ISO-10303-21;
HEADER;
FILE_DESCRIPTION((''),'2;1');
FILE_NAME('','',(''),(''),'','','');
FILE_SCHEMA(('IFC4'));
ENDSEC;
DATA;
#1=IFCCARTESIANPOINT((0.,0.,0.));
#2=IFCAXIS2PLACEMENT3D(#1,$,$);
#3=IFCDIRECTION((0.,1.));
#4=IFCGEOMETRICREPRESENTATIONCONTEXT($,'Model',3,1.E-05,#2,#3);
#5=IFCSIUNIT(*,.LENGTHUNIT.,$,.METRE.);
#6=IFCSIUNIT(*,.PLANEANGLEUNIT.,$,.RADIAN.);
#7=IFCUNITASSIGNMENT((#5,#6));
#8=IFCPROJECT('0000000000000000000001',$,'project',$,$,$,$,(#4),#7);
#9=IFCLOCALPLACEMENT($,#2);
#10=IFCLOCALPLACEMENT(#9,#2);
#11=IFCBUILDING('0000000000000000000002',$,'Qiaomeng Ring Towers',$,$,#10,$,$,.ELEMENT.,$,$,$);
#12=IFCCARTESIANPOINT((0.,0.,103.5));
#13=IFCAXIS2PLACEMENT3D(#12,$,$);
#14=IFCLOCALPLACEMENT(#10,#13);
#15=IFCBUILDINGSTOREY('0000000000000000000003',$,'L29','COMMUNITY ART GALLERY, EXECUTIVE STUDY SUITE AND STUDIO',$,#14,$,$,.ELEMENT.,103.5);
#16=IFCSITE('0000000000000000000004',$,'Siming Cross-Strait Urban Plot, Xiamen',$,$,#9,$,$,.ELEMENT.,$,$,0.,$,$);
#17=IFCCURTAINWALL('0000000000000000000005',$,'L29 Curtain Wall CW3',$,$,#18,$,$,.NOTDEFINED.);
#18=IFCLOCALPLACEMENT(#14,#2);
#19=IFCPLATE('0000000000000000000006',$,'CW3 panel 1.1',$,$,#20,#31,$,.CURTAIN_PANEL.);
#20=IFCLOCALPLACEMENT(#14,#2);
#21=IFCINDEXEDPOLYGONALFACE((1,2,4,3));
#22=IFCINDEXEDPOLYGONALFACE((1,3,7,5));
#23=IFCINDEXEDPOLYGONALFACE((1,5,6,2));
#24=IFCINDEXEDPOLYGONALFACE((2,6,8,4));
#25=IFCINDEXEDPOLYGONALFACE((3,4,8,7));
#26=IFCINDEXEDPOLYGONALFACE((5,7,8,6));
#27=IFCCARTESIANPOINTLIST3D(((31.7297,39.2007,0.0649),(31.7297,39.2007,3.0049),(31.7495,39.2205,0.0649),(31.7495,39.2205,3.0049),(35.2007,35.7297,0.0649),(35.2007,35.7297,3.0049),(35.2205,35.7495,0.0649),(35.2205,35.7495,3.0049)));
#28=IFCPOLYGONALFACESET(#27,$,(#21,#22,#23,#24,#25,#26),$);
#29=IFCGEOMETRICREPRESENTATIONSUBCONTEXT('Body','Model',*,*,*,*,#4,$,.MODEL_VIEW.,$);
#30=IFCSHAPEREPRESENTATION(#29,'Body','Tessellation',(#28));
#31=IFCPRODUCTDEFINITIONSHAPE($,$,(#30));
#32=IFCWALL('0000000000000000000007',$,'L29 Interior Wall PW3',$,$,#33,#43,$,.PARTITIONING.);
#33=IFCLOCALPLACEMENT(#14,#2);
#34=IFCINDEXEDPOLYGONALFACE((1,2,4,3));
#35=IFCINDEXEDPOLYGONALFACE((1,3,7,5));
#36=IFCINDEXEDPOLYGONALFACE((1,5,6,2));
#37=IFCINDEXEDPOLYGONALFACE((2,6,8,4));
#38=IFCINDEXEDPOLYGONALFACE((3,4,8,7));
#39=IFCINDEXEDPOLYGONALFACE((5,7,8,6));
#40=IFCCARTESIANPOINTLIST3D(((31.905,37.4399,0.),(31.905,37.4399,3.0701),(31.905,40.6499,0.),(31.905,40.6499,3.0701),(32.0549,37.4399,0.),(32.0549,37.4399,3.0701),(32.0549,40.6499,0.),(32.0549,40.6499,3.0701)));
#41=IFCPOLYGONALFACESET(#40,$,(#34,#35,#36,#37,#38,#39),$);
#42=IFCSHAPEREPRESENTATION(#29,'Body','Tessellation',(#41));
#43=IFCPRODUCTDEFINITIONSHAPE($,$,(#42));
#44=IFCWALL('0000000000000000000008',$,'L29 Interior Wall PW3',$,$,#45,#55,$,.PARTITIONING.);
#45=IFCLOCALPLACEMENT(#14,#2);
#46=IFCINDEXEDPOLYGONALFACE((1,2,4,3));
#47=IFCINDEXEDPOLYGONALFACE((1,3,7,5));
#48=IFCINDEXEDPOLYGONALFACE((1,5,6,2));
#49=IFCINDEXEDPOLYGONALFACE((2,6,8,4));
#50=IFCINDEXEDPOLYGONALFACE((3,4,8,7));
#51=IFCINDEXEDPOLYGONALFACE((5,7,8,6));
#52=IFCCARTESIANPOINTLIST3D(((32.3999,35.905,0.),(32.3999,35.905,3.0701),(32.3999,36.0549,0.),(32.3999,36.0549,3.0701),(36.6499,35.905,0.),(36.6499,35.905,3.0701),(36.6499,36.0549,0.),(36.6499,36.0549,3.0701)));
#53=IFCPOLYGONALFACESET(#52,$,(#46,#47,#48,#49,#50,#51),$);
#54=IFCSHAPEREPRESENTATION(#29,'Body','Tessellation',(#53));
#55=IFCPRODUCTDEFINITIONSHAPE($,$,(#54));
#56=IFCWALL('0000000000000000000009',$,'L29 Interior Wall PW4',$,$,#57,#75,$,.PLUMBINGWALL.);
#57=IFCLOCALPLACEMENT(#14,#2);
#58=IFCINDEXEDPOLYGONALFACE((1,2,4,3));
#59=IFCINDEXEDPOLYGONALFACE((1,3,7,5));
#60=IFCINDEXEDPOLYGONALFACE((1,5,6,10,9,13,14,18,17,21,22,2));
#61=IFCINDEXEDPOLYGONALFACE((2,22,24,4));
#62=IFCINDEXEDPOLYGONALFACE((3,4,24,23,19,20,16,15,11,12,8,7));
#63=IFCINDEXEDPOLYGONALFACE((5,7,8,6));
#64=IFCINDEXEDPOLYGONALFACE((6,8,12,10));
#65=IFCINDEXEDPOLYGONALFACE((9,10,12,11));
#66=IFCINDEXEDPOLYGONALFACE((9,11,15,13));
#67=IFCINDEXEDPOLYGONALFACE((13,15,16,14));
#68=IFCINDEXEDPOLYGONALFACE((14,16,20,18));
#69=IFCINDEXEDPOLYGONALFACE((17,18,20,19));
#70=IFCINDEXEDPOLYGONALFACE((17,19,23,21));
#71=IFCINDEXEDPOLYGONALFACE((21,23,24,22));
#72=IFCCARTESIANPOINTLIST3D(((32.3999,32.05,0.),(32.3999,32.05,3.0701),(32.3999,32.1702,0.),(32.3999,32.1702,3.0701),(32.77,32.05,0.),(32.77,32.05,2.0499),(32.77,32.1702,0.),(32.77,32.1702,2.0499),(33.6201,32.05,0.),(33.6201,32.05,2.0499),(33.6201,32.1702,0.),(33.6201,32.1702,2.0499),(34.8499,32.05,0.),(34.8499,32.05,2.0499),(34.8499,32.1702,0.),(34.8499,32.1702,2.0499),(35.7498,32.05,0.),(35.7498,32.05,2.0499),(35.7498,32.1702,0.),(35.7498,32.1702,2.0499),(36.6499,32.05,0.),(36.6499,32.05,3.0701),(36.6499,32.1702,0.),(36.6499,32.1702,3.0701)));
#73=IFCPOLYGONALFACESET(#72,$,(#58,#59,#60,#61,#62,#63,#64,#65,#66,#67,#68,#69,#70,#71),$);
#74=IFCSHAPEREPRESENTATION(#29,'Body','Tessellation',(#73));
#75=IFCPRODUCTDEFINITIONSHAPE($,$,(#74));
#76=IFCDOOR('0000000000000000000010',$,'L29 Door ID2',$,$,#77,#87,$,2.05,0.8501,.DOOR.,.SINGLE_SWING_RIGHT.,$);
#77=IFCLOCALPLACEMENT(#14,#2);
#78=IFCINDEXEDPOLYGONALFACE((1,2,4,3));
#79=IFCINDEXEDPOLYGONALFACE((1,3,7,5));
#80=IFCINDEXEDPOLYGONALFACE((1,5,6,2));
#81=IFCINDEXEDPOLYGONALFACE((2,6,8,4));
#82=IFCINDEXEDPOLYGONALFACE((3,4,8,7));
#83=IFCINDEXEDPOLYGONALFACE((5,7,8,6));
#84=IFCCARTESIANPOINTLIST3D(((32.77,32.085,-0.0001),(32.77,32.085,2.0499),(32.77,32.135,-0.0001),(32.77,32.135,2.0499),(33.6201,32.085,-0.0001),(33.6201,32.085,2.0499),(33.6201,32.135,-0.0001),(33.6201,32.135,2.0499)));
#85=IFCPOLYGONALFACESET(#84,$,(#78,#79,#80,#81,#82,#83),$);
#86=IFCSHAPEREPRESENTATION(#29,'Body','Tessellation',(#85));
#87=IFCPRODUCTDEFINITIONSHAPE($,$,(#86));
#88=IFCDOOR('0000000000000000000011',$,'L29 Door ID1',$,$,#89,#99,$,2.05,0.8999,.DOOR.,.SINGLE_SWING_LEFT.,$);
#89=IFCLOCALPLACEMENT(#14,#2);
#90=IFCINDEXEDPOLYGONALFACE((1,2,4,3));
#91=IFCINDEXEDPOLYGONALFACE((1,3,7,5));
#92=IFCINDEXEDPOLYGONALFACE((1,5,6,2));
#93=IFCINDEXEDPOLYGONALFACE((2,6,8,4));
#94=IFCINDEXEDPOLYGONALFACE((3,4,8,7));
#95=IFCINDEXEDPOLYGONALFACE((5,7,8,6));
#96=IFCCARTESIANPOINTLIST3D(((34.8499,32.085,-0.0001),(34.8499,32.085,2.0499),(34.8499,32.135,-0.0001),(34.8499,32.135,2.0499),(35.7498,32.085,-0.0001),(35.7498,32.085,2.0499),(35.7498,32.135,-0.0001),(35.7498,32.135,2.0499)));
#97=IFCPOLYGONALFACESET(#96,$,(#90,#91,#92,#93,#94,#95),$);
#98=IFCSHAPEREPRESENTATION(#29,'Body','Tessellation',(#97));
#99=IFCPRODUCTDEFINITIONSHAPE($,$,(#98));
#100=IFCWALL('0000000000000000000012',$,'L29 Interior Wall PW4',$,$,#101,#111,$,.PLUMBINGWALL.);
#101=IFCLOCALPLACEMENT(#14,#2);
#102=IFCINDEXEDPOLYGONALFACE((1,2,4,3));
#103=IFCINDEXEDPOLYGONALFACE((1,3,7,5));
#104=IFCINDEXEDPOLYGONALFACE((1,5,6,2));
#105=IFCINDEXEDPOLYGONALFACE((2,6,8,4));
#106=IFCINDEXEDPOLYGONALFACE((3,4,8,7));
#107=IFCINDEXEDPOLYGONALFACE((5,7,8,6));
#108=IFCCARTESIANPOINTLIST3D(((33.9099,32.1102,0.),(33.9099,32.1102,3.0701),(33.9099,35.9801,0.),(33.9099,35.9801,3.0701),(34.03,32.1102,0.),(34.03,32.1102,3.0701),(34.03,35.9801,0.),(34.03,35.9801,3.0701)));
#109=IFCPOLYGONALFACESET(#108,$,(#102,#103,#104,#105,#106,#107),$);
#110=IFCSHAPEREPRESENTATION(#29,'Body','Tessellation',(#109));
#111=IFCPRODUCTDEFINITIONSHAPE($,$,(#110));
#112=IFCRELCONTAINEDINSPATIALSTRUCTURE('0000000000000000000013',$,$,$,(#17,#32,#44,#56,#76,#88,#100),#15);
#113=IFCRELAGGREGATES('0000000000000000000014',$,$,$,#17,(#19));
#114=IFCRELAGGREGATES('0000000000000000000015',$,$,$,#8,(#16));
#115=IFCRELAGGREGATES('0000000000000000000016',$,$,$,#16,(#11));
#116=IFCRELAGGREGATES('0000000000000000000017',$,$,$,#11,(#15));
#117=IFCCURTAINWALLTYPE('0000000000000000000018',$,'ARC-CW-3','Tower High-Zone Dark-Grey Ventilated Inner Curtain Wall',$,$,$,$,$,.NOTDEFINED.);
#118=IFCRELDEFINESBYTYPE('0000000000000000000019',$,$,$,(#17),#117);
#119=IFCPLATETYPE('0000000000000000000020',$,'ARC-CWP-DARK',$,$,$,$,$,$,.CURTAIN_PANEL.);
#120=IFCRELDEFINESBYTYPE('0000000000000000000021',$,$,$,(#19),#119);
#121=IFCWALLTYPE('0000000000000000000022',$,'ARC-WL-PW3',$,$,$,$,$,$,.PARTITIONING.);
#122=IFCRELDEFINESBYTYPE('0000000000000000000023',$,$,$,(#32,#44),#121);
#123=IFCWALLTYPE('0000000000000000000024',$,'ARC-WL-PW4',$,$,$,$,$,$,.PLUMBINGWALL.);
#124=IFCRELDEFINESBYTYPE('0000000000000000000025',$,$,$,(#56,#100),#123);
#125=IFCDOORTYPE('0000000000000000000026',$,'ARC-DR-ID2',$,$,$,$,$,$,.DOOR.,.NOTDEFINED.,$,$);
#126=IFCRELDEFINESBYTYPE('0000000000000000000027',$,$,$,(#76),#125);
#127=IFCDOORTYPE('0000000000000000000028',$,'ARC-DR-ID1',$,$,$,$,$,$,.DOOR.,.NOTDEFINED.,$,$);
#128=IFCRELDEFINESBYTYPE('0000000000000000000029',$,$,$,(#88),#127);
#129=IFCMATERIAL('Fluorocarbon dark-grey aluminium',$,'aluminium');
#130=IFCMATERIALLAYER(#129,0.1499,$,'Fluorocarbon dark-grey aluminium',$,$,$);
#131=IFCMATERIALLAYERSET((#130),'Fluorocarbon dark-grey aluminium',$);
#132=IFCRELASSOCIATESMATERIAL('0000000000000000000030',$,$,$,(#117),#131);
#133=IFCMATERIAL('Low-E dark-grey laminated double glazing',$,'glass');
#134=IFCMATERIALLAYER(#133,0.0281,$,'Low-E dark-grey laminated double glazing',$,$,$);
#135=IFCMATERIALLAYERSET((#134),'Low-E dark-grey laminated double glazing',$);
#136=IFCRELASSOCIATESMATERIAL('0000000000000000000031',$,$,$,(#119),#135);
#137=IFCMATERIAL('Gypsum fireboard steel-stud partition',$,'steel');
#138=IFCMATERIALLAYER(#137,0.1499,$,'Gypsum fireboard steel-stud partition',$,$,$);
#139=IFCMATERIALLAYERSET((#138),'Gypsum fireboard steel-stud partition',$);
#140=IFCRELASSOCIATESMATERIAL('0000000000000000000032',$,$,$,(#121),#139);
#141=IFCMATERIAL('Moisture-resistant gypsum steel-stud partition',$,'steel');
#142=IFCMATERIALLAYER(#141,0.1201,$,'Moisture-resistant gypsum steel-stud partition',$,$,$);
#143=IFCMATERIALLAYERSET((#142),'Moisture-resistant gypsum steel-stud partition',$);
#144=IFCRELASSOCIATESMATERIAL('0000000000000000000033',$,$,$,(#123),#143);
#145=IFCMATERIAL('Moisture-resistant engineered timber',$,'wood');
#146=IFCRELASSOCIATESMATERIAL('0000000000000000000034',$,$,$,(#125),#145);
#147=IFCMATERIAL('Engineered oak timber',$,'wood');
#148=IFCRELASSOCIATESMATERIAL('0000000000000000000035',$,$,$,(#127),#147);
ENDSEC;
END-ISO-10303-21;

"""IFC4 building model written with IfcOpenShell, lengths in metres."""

from ifc_helpers import new_model, si_unit, direction, frame, frame_2d, origin, origin_2d, place, context, subcontext, project, spatial, rectangle, extrude, source, transform, mapped, material, layer, layer_set, type_object, element, fill, aggregate, save


model = new_model("IFC4")

# Units and contexts
model_context = context("Model", 3, precision=1e-05, world=origin(), true_north=direction((0.0, 1.0)))
body_context = subcontext(model_context, "Body", "Model", "MODEL_VIEW")
ifc_project = project(units=[si_unit("LENGTHUNIT", "METRE"), si_unit("PLANEANGLEUNIT", "RADIAN")], contexts=[model_context])

# Site, building, storey
site_placement = place(None, origin())
site = spatial("IfcSite", under=ifc_project, at=site_placement, Name="Siming Cross-Strait Urban Plot, Xiamen", CompositionType="ELEMENT", RefElevation=0.0)
building_placement = place(site_placement, origin())
building = spatial("IfcBuilding", under=site, at=building_placement, Name="Qiaomeng Ring Towers", CompositionType="ELEMENT")
storey_placement = place(building_placement, frame((0.0, 0.0, 103.5)))
storey = spatial("IfcBuildingStorey", under=building, at=storey_placement, Name="L29", Description="COMMUNITY ART GALLERY, EXECUTIVE STUDY SUITE AND STUDIO", CompositionType="ELEMENT", Elevation=103.5)

# Curtain wall, plate
ifc_material_1 = material(Name="Fluorocarbon dark-grey aluminium", Category="aluminium")
ifc_layer_1 = layer(ifc_material_1, 0.1499, Name="Fluorocarbon dark-grey aluminium")
ifc_layer_set_1 = layer_set([ifc_layer_1], Name="Fluorocarbon dark-grey aluminium")
curtain_wall_type = type_object("IfcCurtainWallType", Name="ARC-CW-3", Description="Tower High-Zone Dark-Grey Ventilated Inner Curtain Wall", PredefinedType="NOTDEFINED", material=ifc_layer_set_1)
curtain_wall_placement = place(storey_placement, origin())
curtain_wall = element("IfcCurtainWall", 1, at=curtain_wall_placement, inside=storey, type_object=curtain_wall_type, Name="L29 Curtain Wall CW3", PredefinedType="NOTDEFINED")
ifc_material_2 = material(Name="Low-E dark-grey laminated double glazing", Category="glass")
ifc_layer_2 = layer(ifc_material_2, 0.0281, Name="Low-E dark-grey laminated double glazing")
ifc_layer_set_2 = layer_set([ifc_layer_2], Name="Low-E dark-grey laminated double glazing")
plate_type = type_object("IfcPlateType", Name="ARC-CWP-DARK", PredefinedType="CURTAIN_PANEL", material=ifc_layer_set_2)
shared_shape_1 = source(origin(), body_context, "Body", "SweptSolid", [
    extrude(rectangle(XDim=4.9087, YDim=0.0281, at=origin_2d()), origin(), (0.0, 0.0, 1.0), 2.9399),
])
plate_placement = place(storey_placement, frame((33.4751, 37.4751, 0.0649), z_axis=(0.0, 0.0, 1.0), x_axis=(-0.707107, 0.707107, 0.0)))
plate = element("IfcPlate", 2, at=plate_placement, type_object=plate_type, Name="CW3 panel 1.1", PredefinedType="CURTAIN_PANEL", context=body_context, shape_type="MappedRepresentation", body=[
    mapped(shared_shape_1, transform((0.0, 0.0, 0.0), x_axis=(1.0, 0.0, 0.0), y_axis=(0.0, 1.0, 0.0), z_axis=(0.0, 0.0, 1.0), scale=1.0)),
])
aggregate(curtain_wall, [plate])

# Walls
ifc_material_3 = material(Name="Gypsum fireboard steel-stud partition", Category="steel")
ifc_layer_3 = layer(ifc_material_3, 0.1499, Name="Gypsum fireboard steel-stud partition")
ifc_layer_set_3 = layer_set([ifc_layer_3], Name="Gypsum fireboard steel-stud partition")
wall_type_1 = type_object("IfcWallType", Name="ARC-WL-PW3", PredefinedType="PARTITIONING", material=ifc_layer_set_3)
wall_1_placement = place(storey_placement, frame((31.98, 37.4399, 0.0), z_axis=(0.0, 0.0, 1.0), x_axis=(0.0, 1.0, 0.0)))
element("IfcWall", 3, at=wall_1_placement, inside=storey, type_object=wall_type_1, Name="L29 Interior Wall PW3", PredefinedType="PARTITIONING", context=body_context, shape_type="SweptSolid", body=[
    extrude(rectangle(XDim=3.21, YDim=0.1499, at=frame_2d((1.605, 0.0))), origin(), (0.0, 0.0, 1.0), 3.0701),
])
wall_2_placement = place(storey_placement, frame((32.3999, 35.98, 0.0), z_axis=(0.0, 0.0, 1.0), x_axis=(1.0, 0.0, 0.0)))
element("IfcWall", 4, at=wall_2_placement, inside=storey, type_object=wall_type_1, Name="L29 Interior Wall PW3", PredefinedType="PARTITIONING", context=body_context, shape_type="SweptSolid", body=[
    extrude(rectangle(XDim=4.25, YDim=0.1499, at=frame_2d((2.125, 0.0))), origin(), (0.0, 0.0, 1.0), 3.0701),
])

# Wall, openings, doors
ifc_material_4 = material(Name="Moisture-resistant gypsum steel-stud partition", Category="steel")
ifc_layer_4 = layer(ifc_material_4, 0.1201, Name="Moisture-resistant gypsum steel-stud partition")
ifc_layer_set_4 = layer_set([ifc_layer_4], Name="Moisture-resistant gypsum steel-stud partition")
wall_type_2 = type_object("IfcWallType", Name="ARC-WL-PW4", PredefinedType="PLUMBINGWALL", material=ifc_layer_set_4)
wall_3_placement = place(storey_placement, frame((32.3999, 32.1101, 0.0), z_axis=(0.0, 0.0, 1.0), x_axis=(1.0, 0.0, 0.0)))
wall_3 = element("IfcWall", 5, at=wall_3_placement, inside=storey, type_object=wall_type_2, Name="L29 Interior Wall PW4", PredefinedType="PLUMBINGWALL", context=body_context, shape_type="SweptSolid", body=[
    extrude(rectangle(XDim=4.25, YDim=0.1201, at=frame_2d((2.125, 0.0))), origin(), (0.0, 0.0, 1.0), 3.0701),
])
opening_1_placement = place(wall_3_placement, frame((0.3701, 0.0, 0.0)))
opening_1 = element("IfcOpeningElement", 6, at=opening_1_placement, cuts=wall_3, PredefinedType="OPENING", context=body_context, shape_type="SweptSolid", body=[
    extrude(rectangle(XDim=0.8501, YDim=2.05, at=frame_2d((0.425, 1.0249))), frame((0.0, 0.0701, 0.0), z_axis=(0.0, -1.0, 0.0), x_axis=(1.0, 0.0, 0.0)), (0.0, 0.0, 1.0), 0.1401),
])
opening_2_placement = place(wall_3_placement, frame((2.45, 0.0, 0.0)))
opening_2 = element("IfcOpeningElement", 7, at=opening_2_placement, cuts=wall_3, PredefinedType="OPENING", context=body_context, shape_type="SweptSolid", body=[
    extrude(rectangle(XDim=0.8999, YDim=2.05, at=frame_2d((0.45, 1.0249))), frame((0.0, 0.0701, 0.0), z_axis=(0.0, -1.0, 0.0), x_axis=(1.0, 0.0, 0.0)), (0.0, 0.0, 1.0), 0.1401),
])
ifc_material_5 = material(Name="Moisture-resistant engineered timber", Category="wood")
door_type_1 = type_object("IfcDoorType", Name="ARC-DR-ID2", OperationType="NOTDEFINED", PredefinedType="DOOR", material=ifc_material_5)
shared_shape_2 = source(origin(), body_context, "Body", "SweptSolid", [
    extrude(rectangle(XDim=0.8501, YDim=2.05, at=frame_2d((0.425, 1.0249))), frame((0.0, 0.0249, 0.0), z_axis=(0.0, -1.0, 0.0), x_axis=(1.0, 0.0, 0.0)), (0.0, 0.0, 1.0), 0.05),
])
door_1_placement = place(opening_1_placement, origin())
door_1 = element("IfcDoor", 8, at=door_1_placement, inside=storey, type_object=door_type_1, Name="L29 Door ID2", OperationType="SINGLE_SWING_RIGHT", OverallHeight=2.05, OverallWidth=0.8501, PredefinedType="DOOR", context=body_context, shape_type="MappedRepresentation", body=[
    mapped(shared_shape_2, transform((0.0, 0.0, 0.0), x_axis=(1.0, 0.0, 0.0), y_axis=(0.0, 1.0, 0.0), z_axis=(0.0, 0.0, 1.0), scale=1.0)),
])
fill(opening_1, door_1)
ifc_material_6 = material(Name="Engineered oak timber", Category="wood")
door_type_2 = type_object("IfcDoorType", Name="ARC-DR-ID1", OperationType="NOTDEFINED", PredefinedType="DOOR", material=ifc_material_6)
shared_shape_3 = source(origin(), body_context, "Body", "SweptSolid", [
    extrude(rectangle(XDim=0.8999, YDim=2.05, at=frame_2d((0.45, 1.0249))), frame((0.0, 0.0249, 0.0), z_axis=(0.0, -1.0, 0.0), x_axis=(1.0, 0.0, 0.0)), (0.0, 0.0, 1.0), 0.05),
])
door_2_placement = place(opening_2_placement, origin())
door_2 = element("IfcDoor", 9, at=door_2_placement, inside=storey, type_object=door_type_2, Name="L29 Door ID1", OperationType="SINGLE_SWING_LEFT", OverallHeight=2.05, OverallWidth=0.8999, PredefinedType="DOOR", context=body_context, shape_type="MappedRepresentation", body=[
    mapped(shared_shape_3, transform((0.0, 0.0, 0.0), x_axis=(1.0, 0.0, 0.0), y_axis=(0.0, 1.0, 0.0), z_axis=(0.0, 0.0, 1.0), scale=1.0)),
])
fill(opening_2, door_2)

# Wall
wall_4_placement = place(storey_placement, frame((33.97, 32.1101, 0.0), z_axis=(0.0, 0.0, 1.0), x_axis=(0.0, 1.0, 0.0)))
element("IfcWall", 10, at=wall_4_placement, inside=storey, type_object=wall_type_2, Name="L29 Interior Wall PW4", PredefinedType="PLUMBINGWALL", context=body_context, shape_type="SweptSolid", body=[
    extrude(rectangle(XDim=3.8699, YDim=0.1201, at=frame_2d((1.9351, 0.0))), origin(), (0.0, 0.0, 1.0), 3.0701),
])

save(model, "model.ifc")
